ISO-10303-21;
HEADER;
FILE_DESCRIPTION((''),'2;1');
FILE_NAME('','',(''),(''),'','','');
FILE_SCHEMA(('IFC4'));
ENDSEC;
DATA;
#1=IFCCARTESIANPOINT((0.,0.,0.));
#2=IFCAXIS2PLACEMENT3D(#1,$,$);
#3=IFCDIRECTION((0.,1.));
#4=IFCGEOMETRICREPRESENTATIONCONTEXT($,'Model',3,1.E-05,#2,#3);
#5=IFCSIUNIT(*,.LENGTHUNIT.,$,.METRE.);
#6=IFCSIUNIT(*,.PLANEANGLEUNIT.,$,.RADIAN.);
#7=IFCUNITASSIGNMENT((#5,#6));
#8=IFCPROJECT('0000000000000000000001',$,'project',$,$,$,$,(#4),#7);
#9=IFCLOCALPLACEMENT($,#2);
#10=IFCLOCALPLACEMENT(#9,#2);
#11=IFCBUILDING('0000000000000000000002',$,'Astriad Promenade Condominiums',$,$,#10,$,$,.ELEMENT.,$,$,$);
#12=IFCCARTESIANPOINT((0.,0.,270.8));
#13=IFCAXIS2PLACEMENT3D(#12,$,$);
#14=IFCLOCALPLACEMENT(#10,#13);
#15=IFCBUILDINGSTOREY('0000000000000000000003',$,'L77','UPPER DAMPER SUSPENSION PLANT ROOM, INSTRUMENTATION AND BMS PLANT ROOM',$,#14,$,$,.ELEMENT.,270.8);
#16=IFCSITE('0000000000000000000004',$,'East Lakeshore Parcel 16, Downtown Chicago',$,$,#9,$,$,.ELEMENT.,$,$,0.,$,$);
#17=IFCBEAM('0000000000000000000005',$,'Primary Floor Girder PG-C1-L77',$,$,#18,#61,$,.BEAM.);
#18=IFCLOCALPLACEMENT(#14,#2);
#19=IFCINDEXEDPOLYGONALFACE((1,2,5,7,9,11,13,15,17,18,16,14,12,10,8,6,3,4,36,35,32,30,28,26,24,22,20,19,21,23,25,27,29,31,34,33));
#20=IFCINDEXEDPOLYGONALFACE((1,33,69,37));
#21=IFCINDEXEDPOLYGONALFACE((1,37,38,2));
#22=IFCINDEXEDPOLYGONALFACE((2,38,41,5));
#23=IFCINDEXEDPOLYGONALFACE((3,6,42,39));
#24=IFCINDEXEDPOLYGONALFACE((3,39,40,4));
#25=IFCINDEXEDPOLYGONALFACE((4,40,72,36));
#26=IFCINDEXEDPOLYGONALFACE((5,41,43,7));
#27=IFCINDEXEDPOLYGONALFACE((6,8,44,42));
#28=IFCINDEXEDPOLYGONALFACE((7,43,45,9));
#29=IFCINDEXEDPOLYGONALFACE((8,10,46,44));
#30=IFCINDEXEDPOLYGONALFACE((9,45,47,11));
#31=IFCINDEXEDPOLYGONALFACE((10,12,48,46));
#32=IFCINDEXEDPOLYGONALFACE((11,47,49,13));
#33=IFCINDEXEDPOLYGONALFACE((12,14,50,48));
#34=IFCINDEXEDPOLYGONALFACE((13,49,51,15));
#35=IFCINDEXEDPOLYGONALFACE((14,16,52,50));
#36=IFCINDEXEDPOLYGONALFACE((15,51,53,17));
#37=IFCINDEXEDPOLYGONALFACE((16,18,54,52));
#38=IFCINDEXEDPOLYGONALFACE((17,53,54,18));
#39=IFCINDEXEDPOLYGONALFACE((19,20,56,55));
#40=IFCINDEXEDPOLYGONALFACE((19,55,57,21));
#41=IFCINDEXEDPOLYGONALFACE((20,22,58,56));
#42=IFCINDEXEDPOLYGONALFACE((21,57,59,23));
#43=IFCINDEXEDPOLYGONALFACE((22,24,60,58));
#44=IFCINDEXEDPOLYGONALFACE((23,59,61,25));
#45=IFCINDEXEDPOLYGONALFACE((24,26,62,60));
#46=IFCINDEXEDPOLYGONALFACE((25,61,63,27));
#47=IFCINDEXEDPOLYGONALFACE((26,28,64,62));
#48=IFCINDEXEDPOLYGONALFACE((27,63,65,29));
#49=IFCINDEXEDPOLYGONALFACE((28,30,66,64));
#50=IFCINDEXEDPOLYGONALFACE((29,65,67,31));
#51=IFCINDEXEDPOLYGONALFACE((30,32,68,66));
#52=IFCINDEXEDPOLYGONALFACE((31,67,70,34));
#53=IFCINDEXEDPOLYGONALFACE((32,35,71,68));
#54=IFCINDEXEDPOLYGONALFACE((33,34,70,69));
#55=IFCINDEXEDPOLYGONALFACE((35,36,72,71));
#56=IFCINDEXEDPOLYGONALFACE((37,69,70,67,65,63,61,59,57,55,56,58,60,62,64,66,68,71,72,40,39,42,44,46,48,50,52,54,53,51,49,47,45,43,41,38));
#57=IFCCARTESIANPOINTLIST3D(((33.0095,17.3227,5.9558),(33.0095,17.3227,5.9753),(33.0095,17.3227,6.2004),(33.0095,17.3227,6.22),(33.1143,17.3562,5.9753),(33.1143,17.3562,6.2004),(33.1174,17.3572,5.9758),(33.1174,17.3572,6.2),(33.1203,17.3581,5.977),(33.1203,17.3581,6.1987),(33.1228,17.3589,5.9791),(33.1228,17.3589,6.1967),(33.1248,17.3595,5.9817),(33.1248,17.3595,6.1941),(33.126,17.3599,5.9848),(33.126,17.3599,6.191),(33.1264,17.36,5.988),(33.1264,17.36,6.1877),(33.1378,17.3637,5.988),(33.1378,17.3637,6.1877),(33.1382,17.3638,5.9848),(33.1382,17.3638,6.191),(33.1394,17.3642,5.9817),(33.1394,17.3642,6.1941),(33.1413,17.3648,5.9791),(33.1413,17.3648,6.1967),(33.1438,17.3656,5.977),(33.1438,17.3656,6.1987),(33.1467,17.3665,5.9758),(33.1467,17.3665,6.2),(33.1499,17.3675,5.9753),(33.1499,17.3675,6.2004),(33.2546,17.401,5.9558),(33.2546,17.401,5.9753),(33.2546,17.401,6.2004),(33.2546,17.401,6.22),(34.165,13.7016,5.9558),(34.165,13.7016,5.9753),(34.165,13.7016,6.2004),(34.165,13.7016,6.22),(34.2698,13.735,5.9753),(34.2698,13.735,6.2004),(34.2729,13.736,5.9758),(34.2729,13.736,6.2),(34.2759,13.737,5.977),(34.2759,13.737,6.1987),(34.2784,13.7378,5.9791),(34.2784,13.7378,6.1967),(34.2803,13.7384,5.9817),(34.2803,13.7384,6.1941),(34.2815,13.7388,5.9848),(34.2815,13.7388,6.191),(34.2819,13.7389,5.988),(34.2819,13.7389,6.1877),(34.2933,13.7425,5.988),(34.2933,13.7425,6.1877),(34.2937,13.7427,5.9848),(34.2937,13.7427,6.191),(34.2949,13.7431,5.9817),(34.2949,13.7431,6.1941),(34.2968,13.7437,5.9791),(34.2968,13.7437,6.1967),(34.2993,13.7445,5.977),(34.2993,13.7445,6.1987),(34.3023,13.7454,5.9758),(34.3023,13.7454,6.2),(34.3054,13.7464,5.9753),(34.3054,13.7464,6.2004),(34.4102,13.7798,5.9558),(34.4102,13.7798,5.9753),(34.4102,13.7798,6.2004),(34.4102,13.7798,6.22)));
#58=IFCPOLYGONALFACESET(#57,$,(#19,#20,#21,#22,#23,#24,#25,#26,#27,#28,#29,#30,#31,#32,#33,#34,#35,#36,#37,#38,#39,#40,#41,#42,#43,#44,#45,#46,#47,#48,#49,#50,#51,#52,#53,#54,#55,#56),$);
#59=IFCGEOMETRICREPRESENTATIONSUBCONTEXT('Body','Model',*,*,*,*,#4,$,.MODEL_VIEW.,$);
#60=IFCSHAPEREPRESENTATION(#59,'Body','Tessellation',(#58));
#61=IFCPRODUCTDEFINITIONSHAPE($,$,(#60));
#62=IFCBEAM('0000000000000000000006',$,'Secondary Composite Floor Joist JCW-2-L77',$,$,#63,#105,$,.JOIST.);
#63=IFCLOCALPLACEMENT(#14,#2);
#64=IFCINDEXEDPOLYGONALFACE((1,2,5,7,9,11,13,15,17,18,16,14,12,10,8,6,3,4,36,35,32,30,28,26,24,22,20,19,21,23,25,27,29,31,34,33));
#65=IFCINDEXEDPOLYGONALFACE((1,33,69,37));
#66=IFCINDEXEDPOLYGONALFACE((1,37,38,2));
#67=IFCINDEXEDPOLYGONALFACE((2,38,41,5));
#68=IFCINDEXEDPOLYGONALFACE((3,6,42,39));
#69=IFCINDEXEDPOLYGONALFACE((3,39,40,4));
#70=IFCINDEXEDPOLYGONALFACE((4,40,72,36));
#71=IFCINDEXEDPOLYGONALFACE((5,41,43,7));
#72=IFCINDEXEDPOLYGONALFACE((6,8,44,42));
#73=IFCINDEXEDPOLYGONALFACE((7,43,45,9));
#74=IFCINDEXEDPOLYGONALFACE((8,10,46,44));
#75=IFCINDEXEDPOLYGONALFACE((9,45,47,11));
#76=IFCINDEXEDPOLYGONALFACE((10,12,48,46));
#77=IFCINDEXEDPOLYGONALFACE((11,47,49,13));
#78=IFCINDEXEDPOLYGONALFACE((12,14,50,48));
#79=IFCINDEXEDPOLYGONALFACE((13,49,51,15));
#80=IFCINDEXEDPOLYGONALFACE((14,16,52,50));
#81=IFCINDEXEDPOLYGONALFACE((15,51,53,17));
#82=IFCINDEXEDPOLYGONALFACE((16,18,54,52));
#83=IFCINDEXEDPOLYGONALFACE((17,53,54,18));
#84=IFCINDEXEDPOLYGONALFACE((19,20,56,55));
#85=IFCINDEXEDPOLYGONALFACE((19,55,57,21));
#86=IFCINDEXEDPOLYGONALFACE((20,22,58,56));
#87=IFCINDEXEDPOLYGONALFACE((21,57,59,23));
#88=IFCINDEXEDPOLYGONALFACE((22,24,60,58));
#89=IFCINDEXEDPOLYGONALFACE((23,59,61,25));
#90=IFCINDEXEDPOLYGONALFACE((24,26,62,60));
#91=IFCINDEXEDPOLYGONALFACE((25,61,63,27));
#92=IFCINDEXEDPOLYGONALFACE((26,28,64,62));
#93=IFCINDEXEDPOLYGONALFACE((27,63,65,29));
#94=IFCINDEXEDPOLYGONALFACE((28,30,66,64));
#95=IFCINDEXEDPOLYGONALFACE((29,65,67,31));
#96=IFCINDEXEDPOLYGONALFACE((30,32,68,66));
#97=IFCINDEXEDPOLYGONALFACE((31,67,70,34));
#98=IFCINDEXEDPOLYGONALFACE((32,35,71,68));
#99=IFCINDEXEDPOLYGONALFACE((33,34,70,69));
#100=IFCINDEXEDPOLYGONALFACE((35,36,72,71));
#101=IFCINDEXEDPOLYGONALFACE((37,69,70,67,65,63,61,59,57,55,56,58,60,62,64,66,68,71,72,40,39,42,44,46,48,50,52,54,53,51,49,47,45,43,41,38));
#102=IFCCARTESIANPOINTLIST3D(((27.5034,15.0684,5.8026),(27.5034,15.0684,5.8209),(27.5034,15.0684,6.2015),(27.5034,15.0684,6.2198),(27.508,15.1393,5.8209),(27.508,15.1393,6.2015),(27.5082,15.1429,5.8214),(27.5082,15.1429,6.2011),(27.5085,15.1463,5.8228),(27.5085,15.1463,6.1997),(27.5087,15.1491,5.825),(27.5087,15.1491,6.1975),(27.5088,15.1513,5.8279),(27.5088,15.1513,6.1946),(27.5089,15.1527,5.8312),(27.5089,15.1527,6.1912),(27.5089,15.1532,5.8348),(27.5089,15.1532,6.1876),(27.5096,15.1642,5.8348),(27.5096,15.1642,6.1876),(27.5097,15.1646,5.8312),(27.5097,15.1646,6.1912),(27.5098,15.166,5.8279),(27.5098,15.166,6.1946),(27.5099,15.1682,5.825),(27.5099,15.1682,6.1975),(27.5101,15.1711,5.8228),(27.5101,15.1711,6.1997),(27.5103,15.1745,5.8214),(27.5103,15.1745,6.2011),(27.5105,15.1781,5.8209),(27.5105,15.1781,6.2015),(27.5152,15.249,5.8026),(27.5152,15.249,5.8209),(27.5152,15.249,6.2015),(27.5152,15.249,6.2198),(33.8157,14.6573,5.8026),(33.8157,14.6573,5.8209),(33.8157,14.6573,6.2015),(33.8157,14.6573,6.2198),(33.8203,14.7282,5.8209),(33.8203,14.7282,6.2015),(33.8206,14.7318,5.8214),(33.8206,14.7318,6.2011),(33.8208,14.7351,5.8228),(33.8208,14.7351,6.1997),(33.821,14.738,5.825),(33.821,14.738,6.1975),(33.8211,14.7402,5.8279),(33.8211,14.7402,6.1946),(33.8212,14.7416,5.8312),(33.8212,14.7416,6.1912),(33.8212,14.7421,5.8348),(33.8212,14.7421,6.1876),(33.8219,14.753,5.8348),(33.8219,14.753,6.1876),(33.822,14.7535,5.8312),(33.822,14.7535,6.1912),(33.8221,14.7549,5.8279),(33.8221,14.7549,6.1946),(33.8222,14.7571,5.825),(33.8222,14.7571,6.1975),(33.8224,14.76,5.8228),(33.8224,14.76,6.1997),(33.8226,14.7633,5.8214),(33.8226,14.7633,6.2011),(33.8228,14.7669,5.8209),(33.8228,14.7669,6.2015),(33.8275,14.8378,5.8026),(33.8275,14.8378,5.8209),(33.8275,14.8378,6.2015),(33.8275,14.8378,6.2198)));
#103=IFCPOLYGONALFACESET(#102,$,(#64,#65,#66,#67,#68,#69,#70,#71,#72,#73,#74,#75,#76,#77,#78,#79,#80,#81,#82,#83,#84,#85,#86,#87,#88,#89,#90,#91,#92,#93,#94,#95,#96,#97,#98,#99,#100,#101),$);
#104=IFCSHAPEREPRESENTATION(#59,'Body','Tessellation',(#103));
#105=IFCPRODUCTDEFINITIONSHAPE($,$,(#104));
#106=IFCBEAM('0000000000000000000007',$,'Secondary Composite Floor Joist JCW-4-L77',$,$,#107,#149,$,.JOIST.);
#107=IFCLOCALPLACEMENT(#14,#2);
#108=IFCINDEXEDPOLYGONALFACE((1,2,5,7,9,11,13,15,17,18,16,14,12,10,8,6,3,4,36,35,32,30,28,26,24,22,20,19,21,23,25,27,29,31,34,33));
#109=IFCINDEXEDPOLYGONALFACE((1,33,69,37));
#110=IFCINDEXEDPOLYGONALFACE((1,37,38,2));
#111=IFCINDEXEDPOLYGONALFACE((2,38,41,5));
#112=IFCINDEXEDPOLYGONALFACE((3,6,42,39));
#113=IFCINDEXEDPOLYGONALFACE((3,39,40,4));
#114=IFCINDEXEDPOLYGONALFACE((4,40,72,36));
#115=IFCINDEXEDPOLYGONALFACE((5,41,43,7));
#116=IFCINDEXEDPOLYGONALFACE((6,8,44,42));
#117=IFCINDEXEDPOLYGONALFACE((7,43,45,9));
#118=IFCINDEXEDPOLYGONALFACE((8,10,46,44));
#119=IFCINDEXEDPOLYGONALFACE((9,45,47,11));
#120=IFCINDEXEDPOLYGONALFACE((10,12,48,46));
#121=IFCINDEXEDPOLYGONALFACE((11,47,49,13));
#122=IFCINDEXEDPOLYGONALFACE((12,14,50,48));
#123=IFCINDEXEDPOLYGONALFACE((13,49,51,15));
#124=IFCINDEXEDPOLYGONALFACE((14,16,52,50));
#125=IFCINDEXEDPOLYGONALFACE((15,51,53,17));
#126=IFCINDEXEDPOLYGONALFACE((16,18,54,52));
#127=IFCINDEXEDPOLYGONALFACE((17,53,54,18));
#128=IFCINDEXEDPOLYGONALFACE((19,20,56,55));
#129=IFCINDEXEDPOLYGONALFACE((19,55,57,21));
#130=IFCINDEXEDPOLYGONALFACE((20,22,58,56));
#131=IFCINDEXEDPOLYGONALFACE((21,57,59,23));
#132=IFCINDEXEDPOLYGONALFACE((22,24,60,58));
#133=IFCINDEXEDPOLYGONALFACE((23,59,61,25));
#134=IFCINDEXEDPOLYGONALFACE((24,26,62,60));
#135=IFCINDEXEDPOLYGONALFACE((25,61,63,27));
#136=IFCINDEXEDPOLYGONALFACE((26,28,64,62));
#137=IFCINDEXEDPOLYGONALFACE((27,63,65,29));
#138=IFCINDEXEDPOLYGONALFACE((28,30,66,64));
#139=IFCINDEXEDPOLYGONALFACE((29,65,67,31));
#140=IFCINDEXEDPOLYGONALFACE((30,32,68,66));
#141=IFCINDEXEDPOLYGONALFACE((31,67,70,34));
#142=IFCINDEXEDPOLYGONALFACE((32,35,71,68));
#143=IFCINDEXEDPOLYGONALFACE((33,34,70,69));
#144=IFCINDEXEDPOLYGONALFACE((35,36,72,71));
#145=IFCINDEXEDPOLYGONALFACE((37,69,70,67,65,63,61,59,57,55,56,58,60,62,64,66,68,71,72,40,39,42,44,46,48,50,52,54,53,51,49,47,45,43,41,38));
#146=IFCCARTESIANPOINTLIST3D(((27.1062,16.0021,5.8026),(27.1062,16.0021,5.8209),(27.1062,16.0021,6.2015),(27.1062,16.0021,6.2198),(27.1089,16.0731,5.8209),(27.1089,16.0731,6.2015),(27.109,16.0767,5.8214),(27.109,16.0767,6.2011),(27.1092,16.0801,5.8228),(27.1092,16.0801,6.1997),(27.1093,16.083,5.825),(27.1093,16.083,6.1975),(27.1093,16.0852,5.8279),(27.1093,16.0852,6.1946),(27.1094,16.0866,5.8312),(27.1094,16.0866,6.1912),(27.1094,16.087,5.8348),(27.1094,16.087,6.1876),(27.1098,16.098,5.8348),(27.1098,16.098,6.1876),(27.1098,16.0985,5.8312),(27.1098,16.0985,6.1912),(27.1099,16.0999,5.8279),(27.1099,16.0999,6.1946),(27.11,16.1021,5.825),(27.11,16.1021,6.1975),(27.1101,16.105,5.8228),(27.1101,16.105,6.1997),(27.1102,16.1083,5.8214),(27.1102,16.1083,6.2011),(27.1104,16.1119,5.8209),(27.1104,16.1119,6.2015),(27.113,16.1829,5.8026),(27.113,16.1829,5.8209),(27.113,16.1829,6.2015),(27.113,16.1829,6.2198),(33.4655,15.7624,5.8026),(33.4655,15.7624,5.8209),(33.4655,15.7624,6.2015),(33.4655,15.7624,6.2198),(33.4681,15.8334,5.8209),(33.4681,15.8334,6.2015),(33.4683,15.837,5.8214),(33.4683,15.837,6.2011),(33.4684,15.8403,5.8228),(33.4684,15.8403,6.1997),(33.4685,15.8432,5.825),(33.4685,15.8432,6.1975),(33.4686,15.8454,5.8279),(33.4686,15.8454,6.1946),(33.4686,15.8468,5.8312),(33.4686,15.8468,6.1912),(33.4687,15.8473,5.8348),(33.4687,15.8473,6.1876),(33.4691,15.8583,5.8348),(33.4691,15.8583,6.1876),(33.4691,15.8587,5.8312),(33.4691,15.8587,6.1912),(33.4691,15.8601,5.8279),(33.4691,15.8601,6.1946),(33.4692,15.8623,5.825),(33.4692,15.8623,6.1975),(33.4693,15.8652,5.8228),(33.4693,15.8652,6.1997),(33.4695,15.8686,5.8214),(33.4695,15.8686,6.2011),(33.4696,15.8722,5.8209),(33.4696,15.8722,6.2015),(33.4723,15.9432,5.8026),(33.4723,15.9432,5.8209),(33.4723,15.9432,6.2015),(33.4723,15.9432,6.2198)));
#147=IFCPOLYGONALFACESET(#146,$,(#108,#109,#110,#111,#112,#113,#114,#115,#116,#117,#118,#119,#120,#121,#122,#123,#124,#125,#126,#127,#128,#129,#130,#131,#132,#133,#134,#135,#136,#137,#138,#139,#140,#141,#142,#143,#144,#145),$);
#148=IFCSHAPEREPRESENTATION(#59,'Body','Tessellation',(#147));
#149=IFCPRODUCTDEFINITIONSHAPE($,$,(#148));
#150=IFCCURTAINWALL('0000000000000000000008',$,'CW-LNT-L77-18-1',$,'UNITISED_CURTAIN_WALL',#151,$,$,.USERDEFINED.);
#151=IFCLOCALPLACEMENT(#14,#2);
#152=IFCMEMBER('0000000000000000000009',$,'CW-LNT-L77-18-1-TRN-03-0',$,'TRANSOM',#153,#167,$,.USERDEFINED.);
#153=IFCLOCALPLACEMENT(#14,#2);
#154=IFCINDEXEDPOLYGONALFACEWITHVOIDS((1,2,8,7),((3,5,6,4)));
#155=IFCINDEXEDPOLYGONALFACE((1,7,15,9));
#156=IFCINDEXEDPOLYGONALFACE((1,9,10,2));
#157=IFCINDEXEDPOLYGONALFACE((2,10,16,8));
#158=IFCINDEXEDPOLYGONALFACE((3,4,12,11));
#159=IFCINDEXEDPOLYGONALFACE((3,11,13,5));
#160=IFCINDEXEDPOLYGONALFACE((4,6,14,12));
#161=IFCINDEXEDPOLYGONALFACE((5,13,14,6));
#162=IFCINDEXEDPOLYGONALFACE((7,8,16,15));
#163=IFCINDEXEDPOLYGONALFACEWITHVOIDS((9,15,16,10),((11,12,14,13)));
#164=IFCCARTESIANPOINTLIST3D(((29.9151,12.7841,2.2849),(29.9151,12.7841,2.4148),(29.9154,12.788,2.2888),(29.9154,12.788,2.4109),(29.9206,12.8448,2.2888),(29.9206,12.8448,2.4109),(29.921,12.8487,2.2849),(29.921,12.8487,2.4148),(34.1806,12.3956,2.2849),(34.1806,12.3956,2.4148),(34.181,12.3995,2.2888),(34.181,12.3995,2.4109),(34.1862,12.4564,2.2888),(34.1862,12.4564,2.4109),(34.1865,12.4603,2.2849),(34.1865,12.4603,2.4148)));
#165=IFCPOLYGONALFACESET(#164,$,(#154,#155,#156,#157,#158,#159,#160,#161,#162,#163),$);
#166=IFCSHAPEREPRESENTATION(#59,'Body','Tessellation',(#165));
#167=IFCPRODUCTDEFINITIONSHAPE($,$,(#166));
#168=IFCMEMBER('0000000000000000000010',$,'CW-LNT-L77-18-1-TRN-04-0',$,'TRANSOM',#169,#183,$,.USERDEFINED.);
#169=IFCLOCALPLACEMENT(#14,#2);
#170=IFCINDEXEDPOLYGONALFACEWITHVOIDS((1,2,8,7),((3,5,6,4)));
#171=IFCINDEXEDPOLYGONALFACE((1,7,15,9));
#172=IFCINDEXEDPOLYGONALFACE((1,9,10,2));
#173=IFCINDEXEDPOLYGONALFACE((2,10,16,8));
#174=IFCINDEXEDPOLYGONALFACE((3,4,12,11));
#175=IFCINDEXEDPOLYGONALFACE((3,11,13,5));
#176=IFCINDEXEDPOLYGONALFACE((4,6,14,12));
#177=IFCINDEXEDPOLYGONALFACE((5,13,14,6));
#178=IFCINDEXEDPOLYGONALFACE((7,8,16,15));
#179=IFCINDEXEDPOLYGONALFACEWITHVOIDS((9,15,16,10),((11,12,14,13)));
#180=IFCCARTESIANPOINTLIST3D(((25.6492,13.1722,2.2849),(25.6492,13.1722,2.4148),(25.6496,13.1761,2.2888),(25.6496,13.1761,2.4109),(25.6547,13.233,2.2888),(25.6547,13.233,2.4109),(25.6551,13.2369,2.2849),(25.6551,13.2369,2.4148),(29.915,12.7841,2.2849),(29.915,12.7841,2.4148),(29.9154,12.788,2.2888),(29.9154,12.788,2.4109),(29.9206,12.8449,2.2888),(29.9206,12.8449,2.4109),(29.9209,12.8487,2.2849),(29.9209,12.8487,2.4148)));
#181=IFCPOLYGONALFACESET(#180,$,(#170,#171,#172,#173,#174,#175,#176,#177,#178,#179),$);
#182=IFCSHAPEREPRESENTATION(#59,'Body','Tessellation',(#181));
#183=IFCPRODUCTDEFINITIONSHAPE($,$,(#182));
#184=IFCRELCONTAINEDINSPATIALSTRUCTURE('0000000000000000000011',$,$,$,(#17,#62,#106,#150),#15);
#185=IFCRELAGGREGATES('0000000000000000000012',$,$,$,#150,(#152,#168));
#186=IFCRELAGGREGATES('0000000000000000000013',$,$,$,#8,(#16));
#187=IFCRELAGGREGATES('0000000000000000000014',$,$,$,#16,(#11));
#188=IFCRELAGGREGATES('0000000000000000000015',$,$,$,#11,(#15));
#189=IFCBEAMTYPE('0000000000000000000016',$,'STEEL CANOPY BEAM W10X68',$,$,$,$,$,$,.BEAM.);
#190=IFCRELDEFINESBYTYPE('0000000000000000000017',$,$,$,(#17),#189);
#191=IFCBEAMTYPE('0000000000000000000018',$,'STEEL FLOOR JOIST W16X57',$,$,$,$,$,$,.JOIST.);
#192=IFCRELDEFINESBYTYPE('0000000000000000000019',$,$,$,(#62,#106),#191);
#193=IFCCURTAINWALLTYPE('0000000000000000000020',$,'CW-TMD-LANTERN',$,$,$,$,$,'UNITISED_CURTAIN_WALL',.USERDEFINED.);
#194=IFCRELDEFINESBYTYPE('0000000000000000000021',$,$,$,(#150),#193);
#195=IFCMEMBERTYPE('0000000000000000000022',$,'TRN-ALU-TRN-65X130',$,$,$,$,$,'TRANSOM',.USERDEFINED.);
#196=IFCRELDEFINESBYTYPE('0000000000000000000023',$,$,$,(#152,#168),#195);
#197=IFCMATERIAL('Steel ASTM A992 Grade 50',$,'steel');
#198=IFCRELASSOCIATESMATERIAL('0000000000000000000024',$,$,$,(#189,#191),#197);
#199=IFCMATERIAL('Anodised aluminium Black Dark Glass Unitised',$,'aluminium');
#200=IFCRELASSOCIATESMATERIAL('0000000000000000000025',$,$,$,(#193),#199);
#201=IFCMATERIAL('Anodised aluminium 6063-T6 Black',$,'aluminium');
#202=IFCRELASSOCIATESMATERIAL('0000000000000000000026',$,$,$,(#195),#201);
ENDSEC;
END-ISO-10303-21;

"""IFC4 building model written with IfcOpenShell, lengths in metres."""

from ifc_helpers import new_model, si_unit, direction, frame, origin, origin_2d, place, context, subcontext, project, spatial, hollow_rectangle, i_section, extrude, source, transform, mapped, material, material_profile, profile_set, type_object, type_shapes, element, aggregate, save


model = new_model("IFC4")

# Units and contexts
model_context = context("Model", 3, precision=1e-05, world=origin(), true_north=direction((0.0, 1.0)))
body_context = subcontext(model_context, "Body", "Model", "MODEL_VIEW")
ifc_project = project(units=[si_unit("LENGTHUNIT", "METRE"), si_unit("PLANEANGLEUNIT", "RADIAN")], contexts=[model_context])

# Site, building, storey
site_placement = place(None, origin())
site = spatial("IfcSite", under=ifc_project, at=site_placement, Name="East Lakeshore Parcel 16, Downtown Chicago", CompositionType="ELEMENT", RefElevation=0.0)
building_placement = place(site_placement, origin())
building = spatial("IfcBuilding", under=site, at=building_placement, Name="Astriad Promenade Condominiums", CompositionType="ELEMENT")
storey_placement = place(building_placement, frame((0.0, 0.0, 270.8)))
storey = spatial("IfcBuildingStorey", under=building, at=storey_placement, Name="L77", Description="UPPER DAMPER SUSPENSION PLANT ROOM, INSTRUMENTATION AND BMS PLANT ROOM", CompositionType="ELEMENT", Elevation=270.8)

# Shared definitions
ifc_material_1 = material(Name="Steel ASTM A992 Grade 50", Category="steel")

# Beams
ifc_material_profile_1 = material_profile(ifc_material_1, i_section(OverallWidth=0.2573, OverallDepth=0.2642, WebThickness=0.012, FlangeThickness=0.0195, FilletRadius=0.0127, at=origin_2d()), Name="W10X68")
ifc_profile_set_1 = profile_set([ifc_material_profile_1], Name="Steel ASTM A992 Grade 50")
beam_type_1 = type_object("IfcBeamType", Name="STEEL CANOPY BEAM W10X68", PredefinedType="BEAM", material=ifc_profile_set_1)
shared_shape_1 = source(origin(), body_context, "Body", "SweptSolid", [
    extrude(i_section(OverallWidth=0.2573, OverallDepth=0.2642, WebThickness=0.012, FlangeThickness=0.0195, FilletRadius=0.0127, at=origin_2d()), origin(), (0.0, 0.0, 1.0), 3.801),
])
beam_1_placement = place(storey_placement, frame((34.2876, 13.7407, 6.0879), z_axis=(-0.304004, 0.952671, 0.0), x_axis=(-0.952671, -0.304004, 0.0)))
element("IfcBeam", 1, at=beam_1_placement, inside=storey, type_object=beam_type_1, Name="Primary Floor Girder PG-C1-L77", PredefinedType="BEAM", context=body_context, shape_type="MappedRepresentation", body=[
    mapped(shared_shape_1, transform((0.0, 0.0, 0.0), scale=1.0)),
])
ifc_material_profile_2 = material_profile(ifc_material_1, i_section(OverallWidth=0.1809, OverallDepth=0.4172, WebThickness=0.011, FlangeThickness=0.0183, FilletRadius=0.0139, at=origin_2d()), Name="W16X57")
ifc_profile_set_2 = profile_set([ifc_material_profile_2], Name="Steel ASTM A992 Grade 50")
beam_type_2 = type_object("IfcBeamType", Name="STEEL FLOOR JOIST W16X57", PredefinedType="JOIST", material=ifc_profile_set_2)
shared_shape_2 = source(origin(), body_context, "Body", "SweptSolid", [
    extrude(i_section(OverallWidth=0.1809, OverallDepth=0.4172, WebThickness=0.011, FlangeThickness=0.0183, FilletRadius=0.0139, at=origin_2d()), origin(), (0.0, 0.0, 1.0), 6.3257),
])
beam_2_placement = place(storey_placement, frame((27.5093, 15.1587, 6.0112), z_axis=(0.997886, -0.064995, 0.0), x_axis=(0.064995, 0.997886, 0.0)))
element("IfcBeam", 2, at=beam_2_placement, inside=storey, type_object=beam_type_2, Name="Secondary Composite Floor Joist JCW-2-L77", PredefinedType="JOIST", context=body_context, shape_type="MappedRepresentation", body=[
    mapped(shared_shape_2, transform((0.0, 0.0, 0.0), scale=1.0)),
])
shared_shape_3 = source(origin(), body_context, "Body", "SweptSolid", [
    extrude(i_section(OverallWidth=0.1809, OverallDepth=0.4172, WebThickness=0.011, FlangeThickness=0.0183, FilletRadius=0.0139, at=origin_2d()), origin(), (0.0, 0.0, 1.0), 6.3638),
])
type_shapes(beam_type_2, [shared_shape_2, shared_shape_3])
beam_3_placement = place(storey_placement, frame((27.1096, 16.0925, 6.0112), z_axis=(0.99929, -0.037674, 0.0), x_axis=(0.037674, 0.99929, 0.0)))
element("IfcBeam", 3, at=beam_3_placement, inside=storey, type_object=beam_type_2, Name="Secondary Composite Floor Joist JCW-4-L77", PredefinedType="JOIST", context=body_context, shape_type="MappedRepresentation", body=[
    mapped(shared_shape_3, transform((0.0, 0.0, 0.0), scale=1.0)),
])

# Curtain wall, members
ifc_material_2 = material(Name="Anodised aluminium Black Dark Glass Unitised", Category="aluminium")
curtain_wall_type = type_object("IfcCurtainWallType", Name="CW-TMD-LANTERN", ElementType="UNITISED_CURTAIN_WALL", PredefinedType="USERDEFINED", material=ifc_material_2)
curtain_wall_placement = place(storey_placement, origin())
curtain_wall = element("IfcCurtainWall", 4, at=curtain_wall_placement, inside=storey, type_object=curtain_wall_type, Name="CW-LNT-L77-18-1", ObjectType="UNITISED_CURTAIN_WALL", PredefinedType="USERDEFINED")
ifc_material_3 = material(Name="Anodised aluminium 6063-T6 Black", Category="aluminium")
ifc_material_profile_3 = material_profile(ifc_material_3, hollow_rectangle(XDim=0.0649, YDim=0.1299, WallThickness=0.0039, at=origin_2d()), Name="ALU-TRN-65X130")
ifc_profile_set_3 = profile_set([ifc_material_profile_3], Name="Anodised aluminium 6063-T6 Black")
member_type_1 = type_object("IfcMemberType", Name="TRN-ALU-TRN-65X130", ElementType="TRANSOM", PredefinedType="USERDEFINED", material=ifc_profile_set_3)
shared_shape_4 = source(origin(), body_context, "Body", "SweptSolid", [
    extrude(hollow_rectangle(XDim=0.0649, YDim=0.1299, WallThickness=0.0039, at=origin_2d()), origin(), (0.0, 0.0, 1.0), 4.2832),
])
member_1_placement = place(storey_placement, frame((34.1836, 12.428, 2.3499), z_axis=(-0.99588, 0.090685, 0.0), x_axis=(-0.090685, -0.99588, 0.0)))
member_1 = element("IfcMember", 5, at=member_1_placement, type_object=member_type_1, Name="CW-LNT-L77-18-1-TRN-03-0", ObjectType="TRANSOM", PredefinedType="USERDEFINED", context=body_context, shape_type="MappedRepresentation", body=[
    mapped(shared_shape_4, transform((0.0, 0.0, 0.0), scale=1.0)),
])
shared_shape_5 = source(origin(), body_context, "Body", "SweptSolid", [
    extrude(hollow_rectangle(XDim=0.0649, YDim=0.1299, WallThickness=0.0039, at=origin_2d()), origin(), (0.0, 0.0, 1.0), 4.2834),
])
type_shapes(member_type_1, [shared_shape_4, shared_shape_5])
member_2_placement = place(storey_placement, frame((29.918, 12.8164, 2.3499), z_axis=(-0.995885, 0.090623, 0.0), x_axis=(-0.090623, -0.995885, 0.0)))
member_2 = element("IfcMember", 6, at=member_2_placement, type_object=member_type_1, Name="CW-LNT-L77-18-1-TRN-04-0", ObjectType="TRANSOM", PredefinedType="USERDEFINED", context=body_context, shape_type="MappedRepresentation", body=[
    mapped(shared_shape_5, transform((0.0, 0.0, 0.0), scale=1.0)),
])
aggregate(curtain_wall, [member_1, member_2])

save(model, "model.ifc")
